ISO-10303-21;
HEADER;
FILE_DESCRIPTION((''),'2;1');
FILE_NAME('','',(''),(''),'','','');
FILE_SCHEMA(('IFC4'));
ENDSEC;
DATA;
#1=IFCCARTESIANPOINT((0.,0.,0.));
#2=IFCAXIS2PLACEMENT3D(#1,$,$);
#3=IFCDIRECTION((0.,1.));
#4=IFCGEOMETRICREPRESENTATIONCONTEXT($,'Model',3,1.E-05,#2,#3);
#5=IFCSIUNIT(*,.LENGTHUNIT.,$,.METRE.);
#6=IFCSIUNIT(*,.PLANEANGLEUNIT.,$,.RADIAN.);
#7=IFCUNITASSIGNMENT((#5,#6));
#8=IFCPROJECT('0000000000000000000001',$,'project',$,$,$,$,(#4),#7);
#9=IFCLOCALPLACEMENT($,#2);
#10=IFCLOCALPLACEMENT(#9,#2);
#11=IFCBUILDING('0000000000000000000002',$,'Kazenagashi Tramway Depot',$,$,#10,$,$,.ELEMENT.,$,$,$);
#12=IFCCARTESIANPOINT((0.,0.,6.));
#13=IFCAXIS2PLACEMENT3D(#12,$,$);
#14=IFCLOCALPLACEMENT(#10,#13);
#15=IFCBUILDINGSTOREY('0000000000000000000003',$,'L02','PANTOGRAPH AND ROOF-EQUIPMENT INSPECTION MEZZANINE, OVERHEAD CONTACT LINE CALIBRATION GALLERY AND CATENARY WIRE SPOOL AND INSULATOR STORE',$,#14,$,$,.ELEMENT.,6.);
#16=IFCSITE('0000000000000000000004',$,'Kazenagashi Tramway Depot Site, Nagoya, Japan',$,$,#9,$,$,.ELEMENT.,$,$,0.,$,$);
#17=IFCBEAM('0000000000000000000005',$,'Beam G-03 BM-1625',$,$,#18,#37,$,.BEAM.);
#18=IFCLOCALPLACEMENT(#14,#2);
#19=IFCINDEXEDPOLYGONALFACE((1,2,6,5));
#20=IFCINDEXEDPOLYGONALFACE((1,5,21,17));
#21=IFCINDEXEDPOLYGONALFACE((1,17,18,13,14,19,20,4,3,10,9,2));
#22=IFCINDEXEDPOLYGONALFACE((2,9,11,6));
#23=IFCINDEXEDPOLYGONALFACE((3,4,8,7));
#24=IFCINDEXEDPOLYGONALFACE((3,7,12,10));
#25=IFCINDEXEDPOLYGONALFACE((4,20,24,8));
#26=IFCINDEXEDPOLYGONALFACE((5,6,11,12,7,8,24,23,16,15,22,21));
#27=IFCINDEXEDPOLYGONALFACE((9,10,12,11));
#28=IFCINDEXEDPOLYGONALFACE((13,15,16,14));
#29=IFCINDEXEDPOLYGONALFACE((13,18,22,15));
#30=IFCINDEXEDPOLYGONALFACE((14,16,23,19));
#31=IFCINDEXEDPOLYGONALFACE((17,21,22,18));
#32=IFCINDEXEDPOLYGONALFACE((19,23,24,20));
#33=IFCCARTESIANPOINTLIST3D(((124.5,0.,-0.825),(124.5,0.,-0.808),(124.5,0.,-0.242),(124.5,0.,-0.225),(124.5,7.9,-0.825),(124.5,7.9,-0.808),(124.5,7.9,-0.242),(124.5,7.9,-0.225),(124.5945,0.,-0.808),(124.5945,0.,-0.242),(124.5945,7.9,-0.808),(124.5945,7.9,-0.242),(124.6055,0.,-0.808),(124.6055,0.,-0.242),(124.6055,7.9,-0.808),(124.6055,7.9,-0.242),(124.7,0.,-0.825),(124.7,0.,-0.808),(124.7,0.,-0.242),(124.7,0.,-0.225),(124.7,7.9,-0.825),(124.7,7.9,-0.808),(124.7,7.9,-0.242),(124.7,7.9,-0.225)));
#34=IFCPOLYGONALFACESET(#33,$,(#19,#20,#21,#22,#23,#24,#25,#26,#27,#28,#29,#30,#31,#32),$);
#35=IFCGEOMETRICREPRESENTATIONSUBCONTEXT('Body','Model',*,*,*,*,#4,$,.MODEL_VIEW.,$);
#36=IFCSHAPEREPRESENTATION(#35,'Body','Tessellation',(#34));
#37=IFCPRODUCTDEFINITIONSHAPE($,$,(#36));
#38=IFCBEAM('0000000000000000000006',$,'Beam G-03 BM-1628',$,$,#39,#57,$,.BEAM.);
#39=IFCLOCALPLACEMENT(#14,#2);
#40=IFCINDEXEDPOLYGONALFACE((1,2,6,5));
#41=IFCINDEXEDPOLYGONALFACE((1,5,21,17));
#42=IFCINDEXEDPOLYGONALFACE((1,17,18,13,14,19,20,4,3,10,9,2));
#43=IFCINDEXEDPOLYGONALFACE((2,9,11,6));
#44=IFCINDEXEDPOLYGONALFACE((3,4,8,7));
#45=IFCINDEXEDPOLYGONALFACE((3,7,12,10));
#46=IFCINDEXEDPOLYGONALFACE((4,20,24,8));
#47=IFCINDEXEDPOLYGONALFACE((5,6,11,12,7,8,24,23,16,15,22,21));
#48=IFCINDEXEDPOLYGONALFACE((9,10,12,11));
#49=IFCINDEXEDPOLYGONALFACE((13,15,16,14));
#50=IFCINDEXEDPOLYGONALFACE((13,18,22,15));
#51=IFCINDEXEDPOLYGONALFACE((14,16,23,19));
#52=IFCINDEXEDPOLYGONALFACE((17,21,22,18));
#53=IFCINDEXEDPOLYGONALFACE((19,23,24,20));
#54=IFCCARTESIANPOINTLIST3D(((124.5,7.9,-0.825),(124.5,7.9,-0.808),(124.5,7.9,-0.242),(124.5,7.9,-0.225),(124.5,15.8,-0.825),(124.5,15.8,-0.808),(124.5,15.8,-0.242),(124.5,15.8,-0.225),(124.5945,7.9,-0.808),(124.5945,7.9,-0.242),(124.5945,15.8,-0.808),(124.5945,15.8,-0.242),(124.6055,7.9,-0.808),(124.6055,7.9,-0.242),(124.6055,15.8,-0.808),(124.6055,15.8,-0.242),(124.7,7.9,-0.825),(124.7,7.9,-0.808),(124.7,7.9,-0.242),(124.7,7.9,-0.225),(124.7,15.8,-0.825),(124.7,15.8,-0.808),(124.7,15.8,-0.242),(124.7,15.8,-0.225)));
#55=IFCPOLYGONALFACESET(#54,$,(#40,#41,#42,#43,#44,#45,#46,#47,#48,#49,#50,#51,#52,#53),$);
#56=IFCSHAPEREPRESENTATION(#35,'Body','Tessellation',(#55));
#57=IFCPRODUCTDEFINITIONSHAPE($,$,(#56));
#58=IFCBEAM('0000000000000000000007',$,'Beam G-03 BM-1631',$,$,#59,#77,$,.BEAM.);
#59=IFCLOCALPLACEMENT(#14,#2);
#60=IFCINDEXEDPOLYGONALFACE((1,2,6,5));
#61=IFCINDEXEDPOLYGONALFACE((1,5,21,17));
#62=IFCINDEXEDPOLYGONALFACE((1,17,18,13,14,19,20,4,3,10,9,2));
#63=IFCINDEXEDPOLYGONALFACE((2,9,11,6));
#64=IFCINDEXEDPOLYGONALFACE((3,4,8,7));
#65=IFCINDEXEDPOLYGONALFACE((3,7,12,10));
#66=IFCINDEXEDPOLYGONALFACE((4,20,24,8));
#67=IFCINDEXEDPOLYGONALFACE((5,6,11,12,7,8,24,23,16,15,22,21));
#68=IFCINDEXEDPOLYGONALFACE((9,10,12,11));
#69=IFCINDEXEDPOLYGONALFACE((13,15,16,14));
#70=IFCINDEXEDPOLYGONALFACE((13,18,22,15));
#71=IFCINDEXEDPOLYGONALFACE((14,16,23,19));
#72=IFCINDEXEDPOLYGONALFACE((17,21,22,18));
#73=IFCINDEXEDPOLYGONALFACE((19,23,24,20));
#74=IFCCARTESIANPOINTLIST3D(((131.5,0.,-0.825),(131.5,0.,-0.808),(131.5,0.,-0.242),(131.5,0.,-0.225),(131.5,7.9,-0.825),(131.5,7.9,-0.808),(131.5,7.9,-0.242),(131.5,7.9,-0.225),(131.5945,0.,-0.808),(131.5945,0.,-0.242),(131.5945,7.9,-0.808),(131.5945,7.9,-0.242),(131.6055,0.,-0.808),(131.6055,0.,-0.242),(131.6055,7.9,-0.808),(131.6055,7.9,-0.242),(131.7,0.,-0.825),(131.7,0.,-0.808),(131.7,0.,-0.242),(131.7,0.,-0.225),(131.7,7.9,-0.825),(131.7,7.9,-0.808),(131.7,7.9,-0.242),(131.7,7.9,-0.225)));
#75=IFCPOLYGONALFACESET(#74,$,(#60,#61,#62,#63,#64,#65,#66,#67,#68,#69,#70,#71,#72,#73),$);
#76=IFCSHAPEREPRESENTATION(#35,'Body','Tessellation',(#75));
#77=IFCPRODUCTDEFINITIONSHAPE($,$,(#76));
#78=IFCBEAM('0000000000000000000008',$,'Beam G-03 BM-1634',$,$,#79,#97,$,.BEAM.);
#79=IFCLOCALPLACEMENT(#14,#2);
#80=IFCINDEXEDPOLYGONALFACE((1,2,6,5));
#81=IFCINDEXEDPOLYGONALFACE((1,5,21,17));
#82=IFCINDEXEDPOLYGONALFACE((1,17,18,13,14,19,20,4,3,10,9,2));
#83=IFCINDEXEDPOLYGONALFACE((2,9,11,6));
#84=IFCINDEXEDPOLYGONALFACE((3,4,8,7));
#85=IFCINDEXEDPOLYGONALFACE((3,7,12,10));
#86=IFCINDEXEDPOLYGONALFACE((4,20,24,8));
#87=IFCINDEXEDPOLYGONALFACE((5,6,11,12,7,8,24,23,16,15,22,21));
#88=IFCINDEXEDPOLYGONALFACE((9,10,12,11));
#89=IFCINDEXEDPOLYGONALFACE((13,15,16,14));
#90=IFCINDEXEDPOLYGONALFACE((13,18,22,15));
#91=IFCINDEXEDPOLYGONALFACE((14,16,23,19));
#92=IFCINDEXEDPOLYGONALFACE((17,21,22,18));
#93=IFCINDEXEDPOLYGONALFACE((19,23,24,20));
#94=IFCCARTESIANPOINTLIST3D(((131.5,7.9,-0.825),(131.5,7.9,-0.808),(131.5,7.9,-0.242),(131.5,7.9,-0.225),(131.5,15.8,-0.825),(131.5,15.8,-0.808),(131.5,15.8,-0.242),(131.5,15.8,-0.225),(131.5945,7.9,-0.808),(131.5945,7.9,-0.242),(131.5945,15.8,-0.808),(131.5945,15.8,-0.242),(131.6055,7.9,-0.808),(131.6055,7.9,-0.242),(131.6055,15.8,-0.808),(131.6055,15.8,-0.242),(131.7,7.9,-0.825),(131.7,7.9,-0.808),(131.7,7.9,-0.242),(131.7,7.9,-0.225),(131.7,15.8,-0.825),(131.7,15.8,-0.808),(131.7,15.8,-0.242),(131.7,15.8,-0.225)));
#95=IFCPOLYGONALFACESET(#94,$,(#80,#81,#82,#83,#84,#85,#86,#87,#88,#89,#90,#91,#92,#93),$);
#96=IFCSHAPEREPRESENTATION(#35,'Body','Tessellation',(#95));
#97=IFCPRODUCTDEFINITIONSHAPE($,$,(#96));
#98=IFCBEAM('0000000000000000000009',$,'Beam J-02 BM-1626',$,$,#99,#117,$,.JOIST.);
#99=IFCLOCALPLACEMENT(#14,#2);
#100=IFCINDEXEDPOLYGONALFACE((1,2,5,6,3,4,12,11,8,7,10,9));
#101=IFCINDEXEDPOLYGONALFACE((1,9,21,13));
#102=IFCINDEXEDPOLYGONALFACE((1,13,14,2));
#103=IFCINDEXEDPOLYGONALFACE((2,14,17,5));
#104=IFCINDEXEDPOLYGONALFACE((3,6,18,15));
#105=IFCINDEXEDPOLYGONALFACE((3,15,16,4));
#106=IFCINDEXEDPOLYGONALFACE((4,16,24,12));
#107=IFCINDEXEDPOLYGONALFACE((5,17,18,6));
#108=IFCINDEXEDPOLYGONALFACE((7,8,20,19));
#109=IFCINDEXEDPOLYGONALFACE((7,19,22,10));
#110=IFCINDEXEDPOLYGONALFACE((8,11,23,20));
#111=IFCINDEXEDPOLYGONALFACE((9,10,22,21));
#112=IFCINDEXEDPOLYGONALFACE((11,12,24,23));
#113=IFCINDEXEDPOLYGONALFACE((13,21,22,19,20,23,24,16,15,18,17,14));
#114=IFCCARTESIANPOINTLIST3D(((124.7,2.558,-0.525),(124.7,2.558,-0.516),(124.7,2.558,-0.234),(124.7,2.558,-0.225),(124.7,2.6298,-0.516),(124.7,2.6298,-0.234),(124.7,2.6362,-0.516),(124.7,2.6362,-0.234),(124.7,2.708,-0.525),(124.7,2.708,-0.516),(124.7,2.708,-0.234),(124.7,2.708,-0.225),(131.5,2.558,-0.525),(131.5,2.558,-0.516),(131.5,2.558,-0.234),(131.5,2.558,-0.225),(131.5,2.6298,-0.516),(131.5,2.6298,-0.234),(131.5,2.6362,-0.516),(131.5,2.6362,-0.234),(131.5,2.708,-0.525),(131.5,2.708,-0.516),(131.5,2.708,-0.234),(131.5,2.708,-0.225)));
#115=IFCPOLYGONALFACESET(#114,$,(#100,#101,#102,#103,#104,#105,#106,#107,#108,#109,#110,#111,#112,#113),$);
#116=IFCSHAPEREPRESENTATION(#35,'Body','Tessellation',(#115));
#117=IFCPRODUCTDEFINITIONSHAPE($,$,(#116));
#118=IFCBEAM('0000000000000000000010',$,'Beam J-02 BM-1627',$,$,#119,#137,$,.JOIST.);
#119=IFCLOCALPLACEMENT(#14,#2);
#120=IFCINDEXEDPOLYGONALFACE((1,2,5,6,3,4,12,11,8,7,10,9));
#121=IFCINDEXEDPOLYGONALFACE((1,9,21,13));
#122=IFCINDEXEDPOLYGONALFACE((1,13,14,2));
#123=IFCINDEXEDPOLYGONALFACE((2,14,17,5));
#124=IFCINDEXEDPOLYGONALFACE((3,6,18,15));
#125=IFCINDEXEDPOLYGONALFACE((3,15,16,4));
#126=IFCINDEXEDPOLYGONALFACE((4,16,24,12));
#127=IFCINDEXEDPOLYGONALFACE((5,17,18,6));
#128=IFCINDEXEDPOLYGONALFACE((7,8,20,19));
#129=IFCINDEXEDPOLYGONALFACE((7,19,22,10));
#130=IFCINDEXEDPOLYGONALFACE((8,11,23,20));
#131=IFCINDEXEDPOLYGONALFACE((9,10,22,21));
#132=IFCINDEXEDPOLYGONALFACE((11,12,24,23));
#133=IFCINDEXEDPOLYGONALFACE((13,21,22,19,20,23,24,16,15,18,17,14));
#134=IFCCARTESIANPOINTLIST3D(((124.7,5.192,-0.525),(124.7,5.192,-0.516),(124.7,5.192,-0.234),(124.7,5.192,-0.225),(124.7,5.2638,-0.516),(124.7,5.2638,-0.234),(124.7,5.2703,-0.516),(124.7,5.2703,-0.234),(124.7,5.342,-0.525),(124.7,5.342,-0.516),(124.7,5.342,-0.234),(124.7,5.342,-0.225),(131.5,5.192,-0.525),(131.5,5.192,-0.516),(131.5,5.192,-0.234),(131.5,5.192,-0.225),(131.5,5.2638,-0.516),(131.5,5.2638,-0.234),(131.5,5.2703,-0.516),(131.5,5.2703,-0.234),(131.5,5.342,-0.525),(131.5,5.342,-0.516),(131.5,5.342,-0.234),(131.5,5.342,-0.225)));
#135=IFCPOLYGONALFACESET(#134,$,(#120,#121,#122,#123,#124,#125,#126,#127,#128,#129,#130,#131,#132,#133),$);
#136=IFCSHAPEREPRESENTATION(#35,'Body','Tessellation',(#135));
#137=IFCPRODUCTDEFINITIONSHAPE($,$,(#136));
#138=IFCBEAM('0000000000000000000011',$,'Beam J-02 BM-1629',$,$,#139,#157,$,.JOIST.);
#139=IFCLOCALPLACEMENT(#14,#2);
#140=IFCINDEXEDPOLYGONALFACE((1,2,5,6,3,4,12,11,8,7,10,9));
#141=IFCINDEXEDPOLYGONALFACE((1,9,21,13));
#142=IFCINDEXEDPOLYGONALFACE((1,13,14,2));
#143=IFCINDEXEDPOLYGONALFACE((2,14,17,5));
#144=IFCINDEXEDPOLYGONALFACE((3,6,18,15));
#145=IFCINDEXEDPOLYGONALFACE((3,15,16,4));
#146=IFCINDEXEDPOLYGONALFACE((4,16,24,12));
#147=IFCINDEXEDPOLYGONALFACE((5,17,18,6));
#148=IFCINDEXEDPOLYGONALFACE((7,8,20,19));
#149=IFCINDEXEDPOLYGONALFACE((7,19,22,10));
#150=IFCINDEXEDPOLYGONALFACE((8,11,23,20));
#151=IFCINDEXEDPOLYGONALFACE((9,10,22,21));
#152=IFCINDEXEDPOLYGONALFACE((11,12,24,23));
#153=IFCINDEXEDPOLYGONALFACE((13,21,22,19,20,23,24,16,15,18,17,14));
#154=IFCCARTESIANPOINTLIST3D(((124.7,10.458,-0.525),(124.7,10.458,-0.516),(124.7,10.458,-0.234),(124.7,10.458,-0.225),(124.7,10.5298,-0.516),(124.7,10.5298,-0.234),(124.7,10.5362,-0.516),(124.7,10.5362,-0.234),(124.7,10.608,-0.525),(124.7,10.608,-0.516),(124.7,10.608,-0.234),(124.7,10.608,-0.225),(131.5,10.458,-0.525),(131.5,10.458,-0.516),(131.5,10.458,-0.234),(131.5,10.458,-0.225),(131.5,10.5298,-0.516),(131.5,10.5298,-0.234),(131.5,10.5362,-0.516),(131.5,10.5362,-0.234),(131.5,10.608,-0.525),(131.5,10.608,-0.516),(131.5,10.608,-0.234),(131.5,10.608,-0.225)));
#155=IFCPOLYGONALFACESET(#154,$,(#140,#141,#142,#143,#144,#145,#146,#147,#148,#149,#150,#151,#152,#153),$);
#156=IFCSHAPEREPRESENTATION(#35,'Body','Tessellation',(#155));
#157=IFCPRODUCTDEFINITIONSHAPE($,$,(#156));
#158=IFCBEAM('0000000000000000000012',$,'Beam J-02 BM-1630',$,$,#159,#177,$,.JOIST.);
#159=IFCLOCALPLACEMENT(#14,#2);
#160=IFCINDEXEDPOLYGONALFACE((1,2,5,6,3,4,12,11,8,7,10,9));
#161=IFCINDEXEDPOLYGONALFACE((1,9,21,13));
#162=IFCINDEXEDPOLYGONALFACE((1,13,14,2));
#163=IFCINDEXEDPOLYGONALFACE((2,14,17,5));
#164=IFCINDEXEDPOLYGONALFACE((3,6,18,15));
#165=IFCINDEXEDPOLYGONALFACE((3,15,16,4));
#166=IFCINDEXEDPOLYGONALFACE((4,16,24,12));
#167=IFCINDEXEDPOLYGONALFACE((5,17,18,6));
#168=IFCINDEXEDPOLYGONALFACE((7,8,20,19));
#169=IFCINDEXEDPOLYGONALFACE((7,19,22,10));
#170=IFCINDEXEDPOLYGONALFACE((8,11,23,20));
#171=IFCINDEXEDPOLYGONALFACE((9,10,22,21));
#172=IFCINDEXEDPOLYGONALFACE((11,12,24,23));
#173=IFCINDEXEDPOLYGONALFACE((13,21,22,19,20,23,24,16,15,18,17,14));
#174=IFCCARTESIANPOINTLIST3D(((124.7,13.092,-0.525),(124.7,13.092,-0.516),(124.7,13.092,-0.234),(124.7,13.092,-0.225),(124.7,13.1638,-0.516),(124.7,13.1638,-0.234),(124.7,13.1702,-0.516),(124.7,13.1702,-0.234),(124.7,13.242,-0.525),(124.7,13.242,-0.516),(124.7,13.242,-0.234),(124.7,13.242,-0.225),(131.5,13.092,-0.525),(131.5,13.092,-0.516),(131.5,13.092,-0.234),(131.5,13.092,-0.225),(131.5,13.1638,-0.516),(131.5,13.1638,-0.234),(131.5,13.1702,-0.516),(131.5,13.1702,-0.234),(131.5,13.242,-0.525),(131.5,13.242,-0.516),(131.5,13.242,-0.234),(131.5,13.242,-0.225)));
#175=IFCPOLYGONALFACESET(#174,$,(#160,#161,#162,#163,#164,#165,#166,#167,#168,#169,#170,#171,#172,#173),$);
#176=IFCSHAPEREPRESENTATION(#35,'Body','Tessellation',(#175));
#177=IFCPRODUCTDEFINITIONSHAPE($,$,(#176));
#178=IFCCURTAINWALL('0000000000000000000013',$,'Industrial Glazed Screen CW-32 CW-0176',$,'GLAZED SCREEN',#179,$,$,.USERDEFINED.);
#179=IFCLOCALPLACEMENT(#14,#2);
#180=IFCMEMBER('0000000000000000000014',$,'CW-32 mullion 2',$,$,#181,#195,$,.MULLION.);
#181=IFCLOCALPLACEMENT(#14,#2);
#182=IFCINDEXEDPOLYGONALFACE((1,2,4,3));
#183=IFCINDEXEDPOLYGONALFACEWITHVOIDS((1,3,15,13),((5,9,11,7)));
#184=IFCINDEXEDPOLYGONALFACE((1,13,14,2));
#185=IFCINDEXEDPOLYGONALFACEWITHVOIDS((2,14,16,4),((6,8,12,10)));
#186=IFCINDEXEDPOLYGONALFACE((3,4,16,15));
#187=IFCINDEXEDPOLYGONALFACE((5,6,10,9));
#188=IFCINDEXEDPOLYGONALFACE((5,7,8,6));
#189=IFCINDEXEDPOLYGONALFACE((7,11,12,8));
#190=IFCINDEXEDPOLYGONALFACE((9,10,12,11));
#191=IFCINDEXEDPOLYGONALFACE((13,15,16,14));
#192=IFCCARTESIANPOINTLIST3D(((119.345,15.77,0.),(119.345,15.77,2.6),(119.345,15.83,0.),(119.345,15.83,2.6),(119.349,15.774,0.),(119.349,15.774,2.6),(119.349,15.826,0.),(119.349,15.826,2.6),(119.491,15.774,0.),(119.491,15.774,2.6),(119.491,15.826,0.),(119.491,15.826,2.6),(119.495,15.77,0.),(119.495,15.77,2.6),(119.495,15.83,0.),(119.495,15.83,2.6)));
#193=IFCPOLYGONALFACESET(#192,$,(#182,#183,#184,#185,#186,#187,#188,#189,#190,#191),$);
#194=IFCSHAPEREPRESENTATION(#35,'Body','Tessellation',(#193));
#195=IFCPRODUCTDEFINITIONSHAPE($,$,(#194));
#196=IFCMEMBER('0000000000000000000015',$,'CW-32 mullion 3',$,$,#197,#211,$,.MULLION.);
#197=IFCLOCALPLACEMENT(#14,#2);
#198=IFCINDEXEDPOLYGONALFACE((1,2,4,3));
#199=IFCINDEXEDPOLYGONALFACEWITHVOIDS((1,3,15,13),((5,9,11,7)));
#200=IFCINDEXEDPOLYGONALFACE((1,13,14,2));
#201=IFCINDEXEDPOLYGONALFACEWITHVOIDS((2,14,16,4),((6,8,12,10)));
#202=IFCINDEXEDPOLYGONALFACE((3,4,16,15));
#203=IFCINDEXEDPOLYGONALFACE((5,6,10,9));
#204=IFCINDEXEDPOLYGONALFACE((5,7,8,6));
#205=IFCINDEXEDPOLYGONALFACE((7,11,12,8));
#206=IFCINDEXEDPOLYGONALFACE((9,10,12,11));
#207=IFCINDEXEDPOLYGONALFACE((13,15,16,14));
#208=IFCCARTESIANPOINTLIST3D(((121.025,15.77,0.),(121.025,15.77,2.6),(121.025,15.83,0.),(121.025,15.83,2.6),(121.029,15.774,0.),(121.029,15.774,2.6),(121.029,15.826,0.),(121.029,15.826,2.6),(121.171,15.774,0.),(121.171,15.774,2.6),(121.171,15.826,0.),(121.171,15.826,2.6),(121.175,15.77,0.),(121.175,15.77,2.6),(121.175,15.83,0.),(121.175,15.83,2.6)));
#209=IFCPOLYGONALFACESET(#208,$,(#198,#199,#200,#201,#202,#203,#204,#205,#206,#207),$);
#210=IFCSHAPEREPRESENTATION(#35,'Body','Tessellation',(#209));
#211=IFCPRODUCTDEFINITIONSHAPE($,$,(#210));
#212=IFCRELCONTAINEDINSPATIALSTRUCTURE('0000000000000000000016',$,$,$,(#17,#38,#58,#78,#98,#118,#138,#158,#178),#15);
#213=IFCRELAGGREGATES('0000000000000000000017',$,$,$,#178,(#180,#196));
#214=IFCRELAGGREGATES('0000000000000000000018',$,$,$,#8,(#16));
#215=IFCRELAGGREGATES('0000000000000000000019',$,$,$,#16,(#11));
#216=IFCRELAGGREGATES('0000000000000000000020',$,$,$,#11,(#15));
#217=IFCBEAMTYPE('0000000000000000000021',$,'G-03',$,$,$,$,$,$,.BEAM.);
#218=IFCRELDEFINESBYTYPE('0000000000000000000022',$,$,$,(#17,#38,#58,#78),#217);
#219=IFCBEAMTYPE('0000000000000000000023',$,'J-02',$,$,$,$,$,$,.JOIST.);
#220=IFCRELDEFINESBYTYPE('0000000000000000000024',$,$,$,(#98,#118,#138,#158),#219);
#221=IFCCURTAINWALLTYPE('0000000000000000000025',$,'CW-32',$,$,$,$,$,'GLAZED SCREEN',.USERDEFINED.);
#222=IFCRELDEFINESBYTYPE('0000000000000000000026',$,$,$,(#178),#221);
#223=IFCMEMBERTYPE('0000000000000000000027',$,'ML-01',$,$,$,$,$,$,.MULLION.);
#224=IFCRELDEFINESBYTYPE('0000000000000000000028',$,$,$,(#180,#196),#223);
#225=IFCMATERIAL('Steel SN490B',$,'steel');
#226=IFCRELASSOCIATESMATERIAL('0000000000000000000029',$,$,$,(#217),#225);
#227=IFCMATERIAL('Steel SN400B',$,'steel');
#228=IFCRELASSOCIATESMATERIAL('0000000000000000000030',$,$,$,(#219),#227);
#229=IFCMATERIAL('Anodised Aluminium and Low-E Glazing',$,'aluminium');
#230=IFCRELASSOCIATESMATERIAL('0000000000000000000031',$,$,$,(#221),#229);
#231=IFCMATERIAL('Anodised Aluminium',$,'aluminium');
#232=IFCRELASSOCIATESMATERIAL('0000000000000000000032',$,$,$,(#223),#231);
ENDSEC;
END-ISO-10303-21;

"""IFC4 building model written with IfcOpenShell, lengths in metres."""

from ifc_helpers import new_model, si_unit, direction, frame, origin, origin_2d, place, context, subcontext, project, spatial, hollow_rectangle, i_section, extrude, material, material_profile, profile_set, type_object, element, aggregate, save


model = new_model("IFC4")

# Units and contexts
model_context = context("Model", 3, precision=1e-05, world=origin(), true_north=direction((0.0, 1.0)))
body_context = subcontext(model_context, "Body", "Model", "MODEL_VIEW")
ifc_project = project(units=[si_unit("LENGTHUNIT", "METRE"), si_unit("PLANEANGLEUNIT", "RADIAN")], contexts=[model_context])

# Site, building, storey
site_placement = place(None, origin())
site = spatial("IfcSite", under=ifc_project, at=site_placement, Name="Kazenagashi Tramway Depot Site, Nagoya, Japan", CompositionType="ELEMENT", RefElevation=0.0)
building_placement = place(site_placement, origin())
building = spatial("IfcBuilding", under=site, at=building_placement, Name="Kazenagashi Tramway Depot", CompositionType="ELEMENT")
storey_placement = place(building_placement, frame((0.0, 0.0, 6.0)))
storey = spatial("IfcBuildingStorey", under=building, at=storey_placement, Name="L02", Description="PANTOGRAPH AND ROOF-EQUIPMENT INSPECTION MEZZANINE, OVERHEAD CONTACT LINE CALIBRATION GALLERY AND CATENARY WIRE SPOOL AND INSULATOR STORE", CompositionType="ELEMENT", Elevation=6.0)

# Beams
ifc_material_1 = material(Name="Steel SN490B", Category="steel")
ifc_material_profile_1 = material_profile(ifc_material_1, i_section(OverallWidth=0.2, OverallDepth=0.6, WebThickness=0.011, FlangeThickness=0.017, at=origin_2d()), Name="H-600x200x11x17")
ifc_profile_set_1 = profile_set([ifc_material_profile_1], Name="Steel SN490B")
beam_type_1 = type_object("IfcBeamType", Name="G-03", PredefinedType="BEAM", material=ifc_profile_set_1)
for number, where, z_axis, x_axis, name in (
    (1, (124.6, 0.0, -0.525), (0.0, 1.0, 0.0), (-1.0, 0.0, 0.0), "Beam G-03 BM-1625"),
    (2, (124.6, 7.9, -0.525), (0.0, 1.0, 0.0), (-1.0, 0.0, 0.0), "Beam G-03 BM-1628"),
    (3, (131.6, 0.0, -0.525), (0.0, 1.0, 0.0), (-1.0, 0.0, 0.0), "Beam G-03 BM-1631"),
    (4, (131.6, 7.9, -0.525), (0.0, 1.0, 0.0), (-1.0, 0.0, 0.0), "Beam G-03 BM-1634"),
):
    element("IfcBeam", number, at=place(storey_placement, frame(where, z_axis=z_axis, x_axis=x_axis)), inside=storey, type_object=beam_type_1, Name=name, PredefinedType="BEAM", context=body_context, shape_type="SweptSolid", body=[
        extrude(i_section(OverallWidth=0.2, OverallDepth=0.6, WebThickness=0.011, FlangeThickness=0.017, at=origin_2d()), origin(), (0.0, 0.0, 1.0), 7.9),
    ])
ifc_material_2 = material(Name="Steel SN400B", Category="steel")
ifc_material_profile_2 = material_profile(ifc_material_2, i_section(OverallWidth=0.15, OverallDepth=0.3, WebThickness=0.0065, FlangeThickness=0.009, at=origin_2d()), Name="H-300x150x6.5x9")
ifc_profile_set_2 = profile_set([ifc_material_profile_2], Name="Steel SN400B")
beam_type_2 = type_object("IfcBeamType", Name="J-02", PredefinedType="JOIST", material=ifc_profile_set_2)
for number, where, z_axis, x_axis, name in (
    (5, (124.7, 2.633, -0.375), (1.0, 0.0, 0.0), (0.0, 1.0, 0.0), "Beam J-02 BM-1626"),
    (6, (124.7, 5.267, -0.375), (1.0, 0.0, 0.0), (0.0, 1.0, 0.0), "Beam J-02 BM-1627"),
    (7, (124.7, 10.533, -0.375), (1.0, 0.0, 0.0), (0.0, 1.0, 0.0), "Beam J-02 BM-1629"),
    (8, (124.7, 13.167, -0.375), (1.0, 0.0, 0.0), (0.0, 1.0, 0.0), "Beam J-02 BM-1630"),
):
    element("IfcBeam", number, at=place(storey_placement, frame(where, z_axis=z_axis, x_axis=x_axis)), inside=storey, type_object=beam_type_2, Name=name, PredefinedType="JOIST", context=body_context, shape_type="SweptSolid", body=[
        extrude(i_section(OverallWidth=0.15, OverallDepth=0.3, WebThickness=0.0065, FlangeThickness=0.009, at=origin_2d()), origin(), (0.0, 0.0, 1.0), 6.8),
    ])

# Curtain wall, members
ifc_material_3 = material(Name="Anodised Aluminium and Low-E Glazing", Category="aluminium")
curtain_wall_type = type_object("IfcCurtainWallType", Name="CW-32", ElementType="GLAZED SCREEN", PredefinedType="USERDEFINED", material=ifc_material_3)
curtain_wall_placement = place(storey_placement, origin())
curtain_wall = element("IfcCurtainWall", 9, at=curtain_wall_placement, inside=storey, type_object=curtain_wall_type, Name="Industrial Glazed Screen CW-32 CW-0176", ObjectType="GLAZED SCREEN", PredefinedType="USERDEFINED")
ifc_material_4 = material(Name="Anodised Aluminium", Category="aluminium")
ifc_material_profile_3 = material_profile(ifc_material_4, hollow_rectangle(XDim=0.06, YDim=0.15, WallThickness=0.004, at=origin_2d()), Name="RHS-150x60x4")
ifc_profile_set_3 = profile_set([ifc_material_profile_3], Name="Anodised Aluminium")
member_type_1 = type_object("IfcMemberType", Name="ML-01", PredefinedType="MULLION", material=ifc_profile_set_3)
member_1_placement = place(storey_placement, frame((119.42, 15.8, 0.0), z_axis=(0.0, 0.0, 1.0), x_axis=(0.0, 1.0, 0.0)))
member_1 = element("IfcMember", 10, at=member_1_placement, type_object=member_type_1, Name="CW-32 mullion 2", PredefinedType="MULLION", context=body_context, shape_type="SweptSolid", body=[
    extrude(hollow_rectangle(XDim=0.06, YDim=0.15, WallThickness=0.004, at=origin_2d()), origin(), (0.0, 0.0, 1.0), 2.6),
])
member_2_placement = place(storey_placement, frame((121.1, 15.8, 0.0), z_axis=(0.0, 0.0, 1.0), x_axis=(0.0, 1.0, 0.0)))
member_2 = element("IfcMember", 11, at=member_2_placement, type_object=member_type_1, Name="CW-32 mullion 3", PredefinedType="MULLION", context=body_context, shape_type="SweptSolid", body=[
    extrude(hollow_rectangle(XDim=0.06, YDim=0.15, WallThickness=0.004, at=origin_2d()), origin(), (0.0, 0.0, 1.0), 2.6),
])

aggregate(curtain_wall, [member_1, member_2])

save(model, "model.ifc")
